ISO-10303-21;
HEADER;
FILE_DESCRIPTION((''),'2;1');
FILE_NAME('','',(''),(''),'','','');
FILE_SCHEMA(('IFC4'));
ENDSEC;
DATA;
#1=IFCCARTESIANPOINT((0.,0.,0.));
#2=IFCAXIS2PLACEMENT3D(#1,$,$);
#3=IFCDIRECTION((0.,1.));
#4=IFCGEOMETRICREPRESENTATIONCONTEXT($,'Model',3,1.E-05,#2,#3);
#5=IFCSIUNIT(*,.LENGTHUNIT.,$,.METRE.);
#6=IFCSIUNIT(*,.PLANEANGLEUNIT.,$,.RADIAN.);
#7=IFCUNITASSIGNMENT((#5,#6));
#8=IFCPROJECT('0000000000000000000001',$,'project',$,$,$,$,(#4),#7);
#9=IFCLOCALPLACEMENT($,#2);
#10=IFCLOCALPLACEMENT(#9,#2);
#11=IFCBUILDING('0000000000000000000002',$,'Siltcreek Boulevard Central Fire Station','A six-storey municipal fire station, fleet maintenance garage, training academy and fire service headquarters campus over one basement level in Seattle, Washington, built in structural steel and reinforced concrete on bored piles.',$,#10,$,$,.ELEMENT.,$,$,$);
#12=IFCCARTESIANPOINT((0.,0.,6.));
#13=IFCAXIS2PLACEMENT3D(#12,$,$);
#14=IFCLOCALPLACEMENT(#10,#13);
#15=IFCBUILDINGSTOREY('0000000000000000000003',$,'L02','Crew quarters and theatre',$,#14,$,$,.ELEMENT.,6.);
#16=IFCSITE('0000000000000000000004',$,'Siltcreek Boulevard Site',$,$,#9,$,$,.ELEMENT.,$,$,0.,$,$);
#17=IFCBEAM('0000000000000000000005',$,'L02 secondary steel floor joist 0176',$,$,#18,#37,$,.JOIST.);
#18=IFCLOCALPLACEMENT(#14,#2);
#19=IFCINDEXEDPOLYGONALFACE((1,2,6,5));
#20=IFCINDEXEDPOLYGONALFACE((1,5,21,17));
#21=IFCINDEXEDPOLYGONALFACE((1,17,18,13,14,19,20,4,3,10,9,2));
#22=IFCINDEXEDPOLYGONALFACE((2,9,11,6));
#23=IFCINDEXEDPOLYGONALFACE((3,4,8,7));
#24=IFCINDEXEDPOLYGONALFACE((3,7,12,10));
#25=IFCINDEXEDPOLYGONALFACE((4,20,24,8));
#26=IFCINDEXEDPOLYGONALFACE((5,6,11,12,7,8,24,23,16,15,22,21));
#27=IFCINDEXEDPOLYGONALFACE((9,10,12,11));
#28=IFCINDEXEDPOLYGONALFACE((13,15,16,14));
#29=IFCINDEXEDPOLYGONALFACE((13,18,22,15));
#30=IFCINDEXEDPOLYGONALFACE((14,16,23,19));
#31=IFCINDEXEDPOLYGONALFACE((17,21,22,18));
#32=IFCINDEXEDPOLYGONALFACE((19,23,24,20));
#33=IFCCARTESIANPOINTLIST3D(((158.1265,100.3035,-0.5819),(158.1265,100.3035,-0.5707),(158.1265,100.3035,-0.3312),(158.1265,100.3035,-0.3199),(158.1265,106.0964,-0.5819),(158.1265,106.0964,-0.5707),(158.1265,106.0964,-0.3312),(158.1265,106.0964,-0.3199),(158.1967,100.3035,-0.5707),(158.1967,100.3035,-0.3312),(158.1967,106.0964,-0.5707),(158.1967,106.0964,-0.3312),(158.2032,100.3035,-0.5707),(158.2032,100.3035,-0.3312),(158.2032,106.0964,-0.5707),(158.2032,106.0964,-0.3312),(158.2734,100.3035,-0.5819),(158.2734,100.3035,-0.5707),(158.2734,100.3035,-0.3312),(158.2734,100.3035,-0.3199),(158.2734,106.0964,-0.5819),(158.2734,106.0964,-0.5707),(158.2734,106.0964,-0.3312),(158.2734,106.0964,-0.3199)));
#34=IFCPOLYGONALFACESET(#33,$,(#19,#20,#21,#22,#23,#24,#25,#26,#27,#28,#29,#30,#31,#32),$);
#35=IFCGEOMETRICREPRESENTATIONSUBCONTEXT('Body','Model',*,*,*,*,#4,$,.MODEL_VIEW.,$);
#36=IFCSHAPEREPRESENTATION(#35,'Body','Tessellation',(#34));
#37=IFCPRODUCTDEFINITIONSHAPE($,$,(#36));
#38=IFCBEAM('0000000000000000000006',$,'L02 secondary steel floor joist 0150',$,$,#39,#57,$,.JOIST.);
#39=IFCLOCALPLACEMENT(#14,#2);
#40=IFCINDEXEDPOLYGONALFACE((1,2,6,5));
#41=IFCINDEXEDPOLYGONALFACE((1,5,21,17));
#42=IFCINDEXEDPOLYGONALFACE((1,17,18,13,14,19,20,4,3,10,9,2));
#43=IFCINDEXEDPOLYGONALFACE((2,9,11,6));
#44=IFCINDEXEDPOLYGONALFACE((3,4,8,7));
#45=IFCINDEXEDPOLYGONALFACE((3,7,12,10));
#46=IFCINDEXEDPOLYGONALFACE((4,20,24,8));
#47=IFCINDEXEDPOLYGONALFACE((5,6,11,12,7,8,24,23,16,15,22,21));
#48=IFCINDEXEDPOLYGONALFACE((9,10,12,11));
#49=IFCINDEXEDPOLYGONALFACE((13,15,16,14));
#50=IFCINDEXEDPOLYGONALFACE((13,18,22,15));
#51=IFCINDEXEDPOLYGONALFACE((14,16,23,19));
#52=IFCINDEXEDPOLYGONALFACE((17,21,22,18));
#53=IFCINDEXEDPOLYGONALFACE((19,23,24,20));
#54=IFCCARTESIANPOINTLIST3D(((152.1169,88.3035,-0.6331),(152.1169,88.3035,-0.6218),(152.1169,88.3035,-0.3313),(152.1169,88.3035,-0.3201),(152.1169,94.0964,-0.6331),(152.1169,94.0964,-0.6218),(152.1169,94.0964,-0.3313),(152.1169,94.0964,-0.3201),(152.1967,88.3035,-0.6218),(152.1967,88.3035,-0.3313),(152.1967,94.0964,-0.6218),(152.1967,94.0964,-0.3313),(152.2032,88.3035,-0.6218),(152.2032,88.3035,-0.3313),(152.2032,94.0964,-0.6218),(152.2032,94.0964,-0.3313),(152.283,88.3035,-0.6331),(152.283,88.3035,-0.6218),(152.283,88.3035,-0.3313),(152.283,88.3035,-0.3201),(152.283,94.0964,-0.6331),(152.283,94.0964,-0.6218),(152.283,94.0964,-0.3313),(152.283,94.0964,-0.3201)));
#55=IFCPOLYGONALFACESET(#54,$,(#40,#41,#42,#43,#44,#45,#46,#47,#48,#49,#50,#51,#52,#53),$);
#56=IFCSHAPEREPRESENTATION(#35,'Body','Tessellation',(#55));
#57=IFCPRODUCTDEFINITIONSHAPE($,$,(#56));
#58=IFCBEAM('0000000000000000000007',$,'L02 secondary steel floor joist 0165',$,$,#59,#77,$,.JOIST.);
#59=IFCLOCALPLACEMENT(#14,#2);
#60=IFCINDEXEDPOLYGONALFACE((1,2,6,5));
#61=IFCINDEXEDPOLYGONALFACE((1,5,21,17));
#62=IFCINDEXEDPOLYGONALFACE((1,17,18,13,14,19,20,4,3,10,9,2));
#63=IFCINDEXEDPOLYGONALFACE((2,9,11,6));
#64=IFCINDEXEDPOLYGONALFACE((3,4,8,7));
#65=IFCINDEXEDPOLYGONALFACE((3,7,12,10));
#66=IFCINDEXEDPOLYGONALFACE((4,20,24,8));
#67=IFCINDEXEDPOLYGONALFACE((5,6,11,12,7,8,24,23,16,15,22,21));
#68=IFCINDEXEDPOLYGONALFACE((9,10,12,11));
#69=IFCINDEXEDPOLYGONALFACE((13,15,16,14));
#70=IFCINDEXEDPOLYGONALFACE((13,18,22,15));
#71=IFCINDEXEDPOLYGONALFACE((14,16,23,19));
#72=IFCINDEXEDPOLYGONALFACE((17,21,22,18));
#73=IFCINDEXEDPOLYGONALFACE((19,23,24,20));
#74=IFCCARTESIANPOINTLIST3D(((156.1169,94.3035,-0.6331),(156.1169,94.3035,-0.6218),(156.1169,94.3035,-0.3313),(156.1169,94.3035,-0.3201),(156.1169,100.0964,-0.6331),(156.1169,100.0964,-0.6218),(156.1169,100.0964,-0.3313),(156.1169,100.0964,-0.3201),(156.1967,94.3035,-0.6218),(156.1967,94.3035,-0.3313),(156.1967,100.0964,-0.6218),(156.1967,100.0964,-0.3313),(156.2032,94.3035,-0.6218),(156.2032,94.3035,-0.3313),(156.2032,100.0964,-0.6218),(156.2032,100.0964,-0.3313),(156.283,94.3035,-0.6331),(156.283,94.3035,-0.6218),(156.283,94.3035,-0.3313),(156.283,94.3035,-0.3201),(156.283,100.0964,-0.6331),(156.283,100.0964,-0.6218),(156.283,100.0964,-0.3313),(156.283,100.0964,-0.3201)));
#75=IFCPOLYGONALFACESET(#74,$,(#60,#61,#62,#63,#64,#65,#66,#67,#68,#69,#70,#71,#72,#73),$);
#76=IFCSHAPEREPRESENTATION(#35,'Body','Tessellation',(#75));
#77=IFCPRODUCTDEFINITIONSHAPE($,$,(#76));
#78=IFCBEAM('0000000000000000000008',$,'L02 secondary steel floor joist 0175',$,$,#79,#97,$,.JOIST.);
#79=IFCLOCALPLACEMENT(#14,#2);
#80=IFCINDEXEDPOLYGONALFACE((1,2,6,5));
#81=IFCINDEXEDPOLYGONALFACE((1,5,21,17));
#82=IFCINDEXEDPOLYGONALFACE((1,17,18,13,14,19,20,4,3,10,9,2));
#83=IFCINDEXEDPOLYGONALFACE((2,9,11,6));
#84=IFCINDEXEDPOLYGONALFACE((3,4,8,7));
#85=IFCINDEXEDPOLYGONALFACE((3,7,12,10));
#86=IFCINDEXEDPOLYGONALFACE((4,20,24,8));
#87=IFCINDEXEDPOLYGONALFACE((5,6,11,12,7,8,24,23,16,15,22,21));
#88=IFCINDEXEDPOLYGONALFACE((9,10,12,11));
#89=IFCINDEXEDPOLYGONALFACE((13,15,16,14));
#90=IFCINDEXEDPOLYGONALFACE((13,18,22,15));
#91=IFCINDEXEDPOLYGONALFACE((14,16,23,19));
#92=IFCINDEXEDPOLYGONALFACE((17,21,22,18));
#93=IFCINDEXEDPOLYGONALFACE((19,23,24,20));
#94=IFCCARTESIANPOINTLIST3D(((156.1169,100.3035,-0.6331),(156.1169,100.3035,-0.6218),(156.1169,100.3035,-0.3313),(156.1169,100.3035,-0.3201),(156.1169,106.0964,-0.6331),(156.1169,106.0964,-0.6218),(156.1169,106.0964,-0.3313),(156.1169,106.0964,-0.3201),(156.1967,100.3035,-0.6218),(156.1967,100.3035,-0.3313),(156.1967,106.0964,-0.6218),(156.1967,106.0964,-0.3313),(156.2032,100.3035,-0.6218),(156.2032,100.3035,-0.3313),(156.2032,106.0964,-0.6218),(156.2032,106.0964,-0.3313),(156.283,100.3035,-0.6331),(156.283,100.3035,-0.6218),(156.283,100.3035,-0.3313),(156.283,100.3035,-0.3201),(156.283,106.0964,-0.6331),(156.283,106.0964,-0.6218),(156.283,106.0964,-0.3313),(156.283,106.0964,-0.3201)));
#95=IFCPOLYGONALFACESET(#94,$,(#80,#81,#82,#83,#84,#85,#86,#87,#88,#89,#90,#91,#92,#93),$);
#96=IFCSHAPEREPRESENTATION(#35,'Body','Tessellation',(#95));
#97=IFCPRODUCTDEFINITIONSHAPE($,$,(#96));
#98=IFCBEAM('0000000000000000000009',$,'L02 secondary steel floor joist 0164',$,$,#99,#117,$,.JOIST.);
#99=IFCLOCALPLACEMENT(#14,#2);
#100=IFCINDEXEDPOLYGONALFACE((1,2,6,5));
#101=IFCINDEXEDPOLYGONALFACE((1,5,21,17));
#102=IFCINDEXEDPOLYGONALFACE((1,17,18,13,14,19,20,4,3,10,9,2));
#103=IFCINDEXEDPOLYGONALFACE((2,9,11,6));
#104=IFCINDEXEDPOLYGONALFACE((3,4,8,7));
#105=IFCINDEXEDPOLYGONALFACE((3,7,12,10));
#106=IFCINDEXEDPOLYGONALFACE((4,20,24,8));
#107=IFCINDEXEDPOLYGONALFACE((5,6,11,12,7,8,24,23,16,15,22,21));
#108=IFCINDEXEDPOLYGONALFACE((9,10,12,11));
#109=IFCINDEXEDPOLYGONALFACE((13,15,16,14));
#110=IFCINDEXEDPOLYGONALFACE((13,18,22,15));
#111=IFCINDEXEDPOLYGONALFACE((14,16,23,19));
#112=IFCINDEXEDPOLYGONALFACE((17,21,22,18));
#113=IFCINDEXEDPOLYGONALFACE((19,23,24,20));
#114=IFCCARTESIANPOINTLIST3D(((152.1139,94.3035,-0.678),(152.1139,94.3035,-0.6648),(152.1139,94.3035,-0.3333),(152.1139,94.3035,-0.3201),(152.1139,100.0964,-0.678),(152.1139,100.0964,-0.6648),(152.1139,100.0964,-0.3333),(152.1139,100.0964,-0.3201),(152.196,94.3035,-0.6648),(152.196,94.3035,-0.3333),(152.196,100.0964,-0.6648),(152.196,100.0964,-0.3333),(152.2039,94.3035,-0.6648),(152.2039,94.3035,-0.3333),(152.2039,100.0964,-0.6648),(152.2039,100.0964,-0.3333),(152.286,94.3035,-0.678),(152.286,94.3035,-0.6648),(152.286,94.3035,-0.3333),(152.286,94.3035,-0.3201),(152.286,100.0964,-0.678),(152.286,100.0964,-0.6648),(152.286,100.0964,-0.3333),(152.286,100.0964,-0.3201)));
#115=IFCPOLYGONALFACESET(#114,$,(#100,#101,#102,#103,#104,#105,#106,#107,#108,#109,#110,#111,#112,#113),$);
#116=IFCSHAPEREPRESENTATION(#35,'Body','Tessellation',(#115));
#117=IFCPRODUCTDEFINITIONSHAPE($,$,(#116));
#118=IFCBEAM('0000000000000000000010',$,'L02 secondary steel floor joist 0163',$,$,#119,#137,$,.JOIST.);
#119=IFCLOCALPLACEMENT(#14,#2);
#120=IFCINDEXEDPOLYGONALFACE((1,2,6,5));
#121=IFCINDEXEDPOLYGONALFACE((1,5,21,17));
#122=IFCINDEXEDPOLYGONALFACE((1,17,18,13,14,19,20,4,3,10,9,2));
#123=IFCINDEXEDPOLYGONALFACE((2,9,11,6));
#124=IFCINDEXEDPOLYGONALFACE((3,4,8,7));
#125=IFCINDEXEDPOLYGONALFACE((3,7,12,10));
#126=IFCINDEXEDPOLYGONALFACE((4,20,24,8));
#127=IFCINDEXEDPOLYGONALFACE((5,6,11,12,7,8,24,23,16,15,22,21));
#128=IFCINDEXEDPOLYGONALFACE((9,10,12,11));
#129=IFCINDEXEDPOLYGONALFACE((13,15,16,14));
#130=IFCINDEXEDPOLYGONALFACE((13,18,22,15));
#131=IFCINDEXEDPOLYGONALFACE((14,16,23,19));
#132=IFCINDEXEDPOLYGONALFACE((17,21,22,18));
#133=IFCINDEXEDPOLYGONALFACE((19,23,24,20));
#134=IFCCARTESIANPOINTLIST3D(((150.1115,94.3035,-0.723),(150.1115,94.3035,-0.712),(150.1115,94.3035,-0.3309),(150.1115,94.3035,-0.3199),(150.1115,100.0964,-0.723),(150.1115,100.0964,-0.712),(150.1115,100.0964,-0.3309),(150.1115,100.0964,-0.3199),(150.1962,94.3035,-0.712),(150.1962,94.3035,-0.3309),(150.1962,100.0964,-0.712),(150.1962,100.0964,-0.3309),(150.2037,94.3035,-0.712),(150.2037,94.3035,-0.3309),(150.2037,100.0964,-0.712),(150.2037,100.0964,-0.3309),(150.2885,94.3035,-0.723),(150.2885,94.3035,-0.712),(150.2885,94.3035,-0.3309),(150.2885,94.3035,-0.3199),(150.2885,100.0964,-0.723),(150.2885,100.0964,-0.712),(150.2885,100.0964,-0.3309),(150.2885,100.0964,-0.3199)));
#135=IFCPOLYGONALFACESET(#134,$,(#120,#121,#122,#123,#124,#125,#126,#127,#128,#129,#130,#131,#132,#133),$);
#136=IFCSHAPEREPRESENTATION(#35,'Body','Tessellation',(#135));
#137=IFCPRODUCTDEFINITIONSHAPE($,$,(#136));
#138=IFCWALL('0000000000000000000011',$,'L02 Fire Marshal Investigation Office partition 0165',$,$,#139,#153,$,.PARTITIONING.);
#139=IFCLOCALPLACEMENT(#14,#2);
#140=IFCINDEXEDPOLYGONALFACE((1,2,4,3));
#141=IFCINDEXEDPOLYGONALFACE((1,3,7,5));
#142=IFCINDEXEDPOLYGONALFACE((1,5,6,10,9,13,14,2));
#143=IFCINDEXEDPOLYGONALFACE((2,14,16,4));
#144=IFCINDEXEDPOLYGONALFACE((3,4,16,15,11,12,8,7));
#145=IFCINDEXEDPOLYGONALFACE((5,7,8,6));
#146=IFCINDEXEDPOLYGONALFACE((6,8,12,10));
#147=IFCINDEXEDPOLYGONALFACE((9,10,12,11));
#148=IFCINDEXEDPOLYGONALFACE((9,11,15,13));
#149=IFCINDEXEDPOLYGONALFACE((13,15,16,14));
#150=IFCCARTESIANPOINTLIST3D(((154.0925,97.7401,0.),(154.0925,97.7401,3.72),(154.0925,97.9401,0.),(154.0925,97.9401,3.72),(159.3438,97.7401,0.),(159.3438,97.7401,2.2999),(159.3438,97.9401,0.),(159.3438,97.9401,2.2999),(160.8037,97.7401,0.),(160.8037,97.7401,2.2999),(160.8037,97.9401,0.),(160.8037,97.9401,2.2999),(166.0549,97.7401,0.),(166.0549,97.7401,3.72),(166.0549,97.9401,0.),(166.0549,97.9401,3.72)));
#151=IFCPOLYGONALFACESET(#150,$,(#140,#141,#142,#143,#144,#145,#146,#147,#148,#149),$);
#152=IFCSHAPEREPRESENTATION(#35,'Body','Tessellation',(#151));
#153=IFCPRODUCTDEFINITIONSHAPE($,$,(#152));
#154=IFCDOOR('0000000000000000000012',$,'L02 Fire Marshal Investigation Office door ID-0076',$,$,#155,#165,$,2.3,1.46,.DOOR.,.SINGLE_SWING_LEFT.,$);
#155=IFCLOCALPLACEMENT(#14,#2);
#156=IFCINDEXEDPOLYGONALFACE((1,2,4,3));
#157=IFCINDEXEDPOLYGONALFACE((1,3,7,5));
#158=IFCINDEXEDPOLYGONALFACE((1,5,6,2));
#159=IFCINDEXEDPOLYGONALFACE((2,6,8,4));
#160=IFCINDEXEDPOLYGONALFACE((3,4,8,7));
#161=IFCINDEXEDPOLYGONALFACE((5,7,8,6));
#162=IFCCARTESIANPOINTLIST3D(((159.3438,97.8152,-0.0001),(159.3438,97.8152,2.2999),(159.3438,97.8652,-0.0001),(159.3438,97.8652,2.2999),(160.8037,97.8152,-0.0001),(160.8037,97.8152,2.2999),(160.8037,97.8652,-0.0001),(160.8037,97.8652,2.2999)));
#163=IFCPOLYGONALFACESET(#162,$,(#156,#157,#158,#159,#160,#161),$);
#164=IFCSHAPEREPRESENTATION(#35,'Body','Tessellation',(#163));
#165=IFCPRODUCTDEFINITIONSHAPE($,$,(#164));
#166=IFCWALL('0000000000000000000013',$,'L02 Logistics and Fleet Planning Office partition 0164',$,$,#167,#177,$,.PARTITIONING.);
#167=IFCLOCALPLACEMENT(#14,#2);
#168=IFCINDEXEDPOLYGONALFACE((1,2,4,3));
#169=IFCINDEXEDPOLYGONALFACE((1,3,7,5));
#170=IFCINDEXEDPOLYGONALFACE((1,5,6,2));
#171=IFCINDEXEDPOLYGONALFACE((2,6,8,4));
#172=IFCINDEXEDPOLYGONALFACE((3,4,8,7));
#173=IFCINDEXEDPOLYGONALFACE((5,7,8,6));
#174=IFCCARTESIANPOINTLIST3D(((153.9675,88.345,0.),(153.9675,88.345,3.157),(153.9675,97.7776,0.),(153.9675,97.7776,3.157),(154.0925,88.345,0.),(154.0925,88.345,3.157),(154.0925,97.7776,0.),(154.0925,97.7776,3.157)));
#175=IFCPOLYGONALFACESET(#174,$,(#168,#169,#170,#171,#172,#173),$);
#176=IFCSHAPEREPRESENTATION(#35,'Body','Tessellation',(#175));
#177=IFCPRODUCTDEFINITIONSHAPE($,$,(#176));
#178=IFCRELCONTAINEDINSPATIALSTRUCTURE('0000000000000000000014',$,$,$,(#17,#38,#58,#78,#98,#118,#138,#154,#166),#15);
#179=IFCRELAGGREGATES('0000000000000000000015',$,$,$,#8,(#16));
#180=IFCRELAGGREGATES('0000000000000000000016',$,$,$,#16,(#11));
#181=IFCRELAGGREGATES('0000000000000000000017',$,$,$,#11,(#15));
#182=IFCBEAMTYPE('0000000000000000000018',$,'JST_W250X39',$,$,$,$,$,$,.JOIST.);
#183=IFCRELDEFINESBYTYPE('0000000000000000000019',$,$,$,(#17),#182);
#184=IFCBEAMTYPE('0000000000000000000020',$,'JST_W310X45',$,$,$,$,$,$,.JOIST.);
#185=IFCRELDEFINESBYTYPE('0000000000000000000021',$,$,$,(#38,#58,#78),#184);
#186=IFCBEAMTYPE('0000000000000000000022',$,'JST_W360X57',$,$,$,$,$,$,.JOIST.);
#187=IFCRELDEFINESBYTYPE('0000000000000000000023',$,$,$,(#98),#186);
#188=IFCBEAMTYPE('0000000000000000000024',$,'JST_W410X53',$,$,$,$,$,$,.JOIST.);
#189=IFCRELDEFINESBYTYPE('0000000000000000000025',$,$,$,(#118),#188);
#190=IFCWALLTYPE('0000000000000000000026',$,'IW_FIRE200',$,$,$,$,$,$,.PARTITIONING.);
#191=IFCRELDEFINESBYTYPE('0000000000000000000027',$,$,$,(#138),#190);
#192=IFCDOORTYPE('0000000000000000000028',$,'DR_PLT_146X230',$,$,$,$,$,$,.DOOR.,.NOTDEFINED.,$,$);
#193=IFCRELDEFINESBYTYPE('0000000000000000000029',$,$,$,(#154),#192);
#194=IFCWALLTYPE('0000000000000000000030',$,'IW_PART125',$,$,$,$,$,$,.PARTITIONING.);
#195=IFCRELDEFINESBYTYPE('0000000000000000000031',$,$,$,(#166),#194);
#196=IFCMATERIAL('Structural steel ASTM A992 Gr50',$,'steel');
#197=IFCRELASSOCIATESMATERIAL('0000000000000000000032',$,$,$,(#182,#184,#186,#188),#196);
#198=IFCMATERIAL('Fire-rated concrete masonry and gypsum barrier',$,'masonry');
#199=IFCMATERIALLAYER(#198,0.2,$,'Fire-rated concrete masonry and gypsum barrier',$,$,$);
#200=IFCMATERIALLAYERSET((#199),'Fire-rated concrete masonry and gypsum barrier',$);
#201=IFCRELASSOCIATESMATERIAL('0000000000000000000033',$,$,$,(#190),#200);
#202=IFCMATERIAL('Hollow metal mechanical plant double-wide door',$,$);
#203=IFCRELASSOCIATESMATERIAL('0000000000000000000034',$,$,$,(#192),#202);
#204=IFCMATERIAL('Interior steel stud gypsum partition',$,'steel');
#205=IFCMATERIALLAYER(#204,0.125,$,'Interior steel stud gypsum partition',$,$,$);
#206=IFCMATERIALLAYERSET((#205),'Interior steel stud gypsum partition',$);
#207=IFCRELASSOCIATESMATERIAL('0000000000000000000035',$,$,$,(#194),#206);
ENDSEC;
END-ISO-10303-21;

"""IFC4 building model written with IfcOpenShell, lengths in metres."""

from ifc_helpers import new_model, si_unit, direction, frame, frame_2d, origin, origin_2d, place, context, subcontext, project, spatial, rectangle, i_section, extrude, material, layer, layer_set, material_profile, profile_set, type_object, element, fill, save


model = new_model("IFC4")

# Units and contexts
model_context = context("Model", 3, precision=1e-05, world=origin(), true_north=direction((0.0, 1.0)))
body_context = subcontext(model_context, "Body", "Model", "MODEL_VIEW")
ifc_project = project(units=[si_unit("LENGTHUNIT", "METRE"), si_unit("PLANEANGLEUNIT", "RADIAN")], contexts=[model_context])

# Site, building, storey
site_placement = place(None, origin())
site = spatial("IfcSite", under=ifc_project, at=site_placement, Name="Siltcreek Boulevard Site", CompositionType="ELEMENT", RefElevation=0.0)
building_placement = place(site_placement, origin())
building = spatial("IfcBuilding", under=site, at=building_placement, Name="Siltcreek Boulevard Central Fire Station", Description="A six-storey municipal fire station, fleet maintenance garage, training academy and fire service headquarters campus over one basement level in Seattle, Washington, built in structural steel and reinforced concrete on bored piles.", CompositionType="ELEMENT")
storey_placement = place(building_placement, frame((0.0, 0.0, 6.0)))
storey = spatial("IfcBuildingStorey", under=building, at=storey_placement, Name="L02", Description="Crew quarters and theatre", CompositionType="ELEMENT", Elevation=6.0)

# Shared definitions
ifc_material_1 = material(Name="Structural steel ASTM A992 Gr50", Category="steel")

# Beams
ifc_material_profile_1 = material_profile(ifc_material_1, i_section(OverallWidth=0.147, OverallDepth=0.262, WebThickness=0.0066, FlangeThickness=0.0112, at=origin_2d()), Name="W250X39")
ifc_profile_set_1 = profile_set([ifc_material_profile_1], Name="Structural steel ASTM A992 Gr50")
beam_type_1 = type_object("IfcBeamType", Name="JST_W250X39", PredefinedType="JOIST", material=ifc_profile_set_1)
for number, where, z_axis, x_axis, name in (
    (1, (158.2, 100.3035, -0.4509), (0.0, 1.0, 0.0), (-1.0, 0.0, 0.0), "L02 secondary steel floor joist 0176"),
):
    element("IfcBeam", number, at=place(storey_placement, frame(where, z_axis=z_axis, x_axis=x_axis)), inside=storey, type_object=beam_type_1, Name=name, PredefinedType="JOIST", context=body_context, shape_type="SweptSolid", body=[
        extrude(i_section(OverallWidth=0.147, OverallDepth=0.262, WebThickness=0.0066, FlangeThickness=0.0112, at=origin_2d()), origin(), (0.0, 0.0, 1.0), 5.793),
    ])
ifc_material_profile_2 = material_profile(ifc_material_1, i_section(OverallWidth=0.166, OverallDepth=0.313, WebThickness=0.0066, FlangeThickness=0.0112, at=origin_2d()), Name="W310X45")
ifc_profile_set_2 = profile_set([ifc_material_profile_2], Name="Structural steel ASTM A992 Gr50")
beam_type_2 = type_object("IfcBeamType", Name="JST_W310X45", PredefinedType="JOIST", material=ifc_profile_set_2)
for number, where, z_axis, x_axis, name in (
    (2, (152.2, 88.3035, -0.4766), (0.0, 1.0, 0.0), (-1.0, 0.0, 0.0), "L02 secondary steel floor joist 0150"),
    (3, (156.2, 94.3035, -0.4766), (0.0, 1.0, 0.0), (-1.0, 0.0, 0.0), "L02 secondary steel floor joist 0165"),
    (4, (156.2, 100.3035, -0.4766), (0.0, 1.0, 0.0), (-1.0, 0.0, 0.0), "L02 secondary steel floor joist 0175"),
):
    element("IfcBeam", number, at=place(storey_placement, frame(where, z_axis=z_axis, x_axis=x_axis)), inside=storey, type_object=beam_type_2, Name=name, PredefinedType="JOIST", context=body_context, shape_type="SweptSolid", body=[
        extrude(i_section(OverallWidth=0.166, OverallDepth=0.313, WebThickness=0.0066, FlangeThickness=0.0112, at=origin_2d()), origin(), (0.0, 0.0, 1.0), 5.793),
    ])
ifc_material_profile_3 = material_profile(ifc_material_1, i_section(OverallWidth=0.1721, OverallDepth=0.3579, WebThickness=0.0078, FlangeThickness=0.0132, at=origin_2d()), Name="W360X57")
ifc_profile_set_3 = profile_set([ifc_material_profile_3], Name="Structural steel ASTM A992 Gr50")
beam_type_3 = type_object("IfcBeamType", Name="JST_W360X57", PredefinedType="JOIST", material=ifc_profile_set_3)
beam_1_placement = place(storey_placement, frame((152.2, 94.3035, -0.499), z_axis=(0.0, 1.0, 0.0), x_axis=(-1.0, 0.0, 0.0)))
element("IfcBeam", 5, at=beam_1_placement, inside=storey, type_object=beam_type_3, Name="L02 secondary steel floor joist 0164", PredefinedType="JOIST", context=body_context, shape_type="SweptSolid", body=[
    extrude(i_section(OverallWidth=0.1721, OverallDepth=0.3579, WebThickness=0.0078, FlangeThickness=0.0132, at=origin_2d()), origin(), (0.0, 0.0, 1.0), 5.793),
])
ifc_material_profile_4 = material_profile(ifc_material_1, i_section(OverallWidth=0.177, OverallDepth=0.4031, WebThickness=0.0076, FlangeThickness=0.011, at=origin_2d()), Name="W410X53")
ifc_profile_set_4 = profile_set([ifc_material_profile_4], Name="Structural steel ASTM A992 Gr50")
beam_type_4 = type_object("IfcBeamType", Name="JST_W410X53", PredefinedType="JOIST", material=ifc_profile_set_4)
beam_2_placement = place(storey_placement, frame((150.2, 94.3035, -0.5215), z_axis=(0.0, 1.0, 0.0), x_axis=(-1.0, 0.0, 0.0)))
element("IfcBeam", 6, at=beam_2_placement, inside=storey, type_object=beam_type_4, Name="L02 secondary steel floor joist 0163", PredefinedType="JOIST", context=body_context, shape_type="SweptSolid", body=[
    extrude(i_section(OverallWidth=0.177, OverallDepth=0.4031, WebThickness=0.0076, FlangeThickness=0.011, at=origin_2d()), origin(), (0.0, 0.0, 1.0), 5.793),
])

# Wall, opening, door
ifc_material_2 = material(Name="Fire-rated concrete masonry and gypsum barrier", Category="masonry")
ifc_layer_1 = layer(ifc_material_2, 0.2, Name="Fire-rated concrete masonry and gypsum barrier")
ifc_layer_set_1 = layer_set([ifc_layer_1], Name="Fire-rated concrete masonry and gypsum barrier")
wall_type_1 = type_object("IfcWallType", Name="IW_FIRE200", PredefinedType="PARTITIONING", material=ifc_layer_set_1)
wall_1_placement = place(storey_placement, frame((154.0925, 97.8401, 0.0), z_axis=(0.0, 0.0, 1.0), x_axis=(1.0, 0.0, 0.0)))
wall_1 = element("IfcWall", 7, at=wall_1_placement, inside=storey, type_object=wall_type_1, Name="L02 Fire Marshal Investigation Office partition 0165", PredefinedType="PARTITIONING", context=body_context, shape_type="SweptSolid", body=[
    extrude(rectangle(XDim=11.9624, YDim=0.2, at=frame_2d((5.9812, 0.0))), origin(), (0.0, 0.0, 1.0), 3.72),
])
opening_1_placement = place(wall_1_placement, frame((5.2512, 0.0, 0.0)))
opening_1 = element("IfcOpeningElement", 8, at=opening_1_placement, cuts=wall_1, PredefinedType="OPENING", context=body_context, shape_type="SweptSolid", body=[
    extrude(rectangle(XDim=1.46, YDim=2.3, at=frame_2d((0.73, 1.1499))), frame((0.0, 0.1099, 0.0), z_axis=(0.0, -1.0, 0.0), x_axis=(1.0, 0.0, 0.0)), (0.0, 0.0, 1.0), 0.22),
])
ifc_material_3 = material(Name="Hollow metal mechanical plant double-wide door")
door_type_1 = type_object("IfcDoorType", Name="DR_PLT_146X230", OperationType="NOTDEFINED", PredefinedType="DOOR", material=ifc_material_3)
door_1_placement = place(opening_1_placement, frame((1.46, 0.0, 0.0), z_axis=(0.0, 0.0, 1.0), x_axis=(-1.0, 0.0, 0.0)))
door_1 = element("IfcDoor", 9, at=door_1_placement, inside=storey, type_object=door_type_1, Name="L02 Fire Marshal Investigation Office door ID-0076", OperationType="SINGLE_SWING_LEFT", OverallHeight=2.3, OverallWidth=1.46, PredefinedType="DOOR", context=body_context, shape_type="SweptSolid", body=[
    extrude(rectangle(XDim=1.46, YDim=2.3, at=frame_2d((0.73, 1.1499))), frame((0.0, 0.0249, 0.0), z_axis=(0.0, -1.0, 0.0), x_axis=(1.0, 0.0, 0.0)), (0.0, 0.0, 1.0), 0.05),
])
fill(opening_1, door_1)

# Wall
ifc_material_4 = material(Name="Interior steel stud gypsum partition", Category="steel")
ifc_layer_2 = layer(ifc_material_4, 0.125, Name="Interior steel stud gypsum partition")
ifc_layer_set_2 = layer_set([ifc_layer_2], Name="Interior steel stud gypsum partition")
wall_type_2 = type_object("IfcWallType", Name="IW_PART125", PredefinedType="PARTITIONING", material=ifc_layer_set_2)
wall_2_placement = place(storey_placement, frame((154.03, 97.7776, 0.0), z_axis=(0.0, 0.0, 1.0), x_axis=(0.0, -1.0, 0.0)))
element("IfcWall", 10, at=wall_2_placement, inside=storey, type_object=wall_type_2, Name="L02 Logistics and Fleet Planning Office partition 0164", PredefinedType="PARTITIONING", context=body_context, shape_type="SweptSolid", body=[
    extrude(rectangle(XDim=9.4326, YDim=0.125, at=frame_2d((4.7163, 0.0))), origin(), (0.0, 0.0, 1.0), 3.157),
])

save(model, "model.ifc")
